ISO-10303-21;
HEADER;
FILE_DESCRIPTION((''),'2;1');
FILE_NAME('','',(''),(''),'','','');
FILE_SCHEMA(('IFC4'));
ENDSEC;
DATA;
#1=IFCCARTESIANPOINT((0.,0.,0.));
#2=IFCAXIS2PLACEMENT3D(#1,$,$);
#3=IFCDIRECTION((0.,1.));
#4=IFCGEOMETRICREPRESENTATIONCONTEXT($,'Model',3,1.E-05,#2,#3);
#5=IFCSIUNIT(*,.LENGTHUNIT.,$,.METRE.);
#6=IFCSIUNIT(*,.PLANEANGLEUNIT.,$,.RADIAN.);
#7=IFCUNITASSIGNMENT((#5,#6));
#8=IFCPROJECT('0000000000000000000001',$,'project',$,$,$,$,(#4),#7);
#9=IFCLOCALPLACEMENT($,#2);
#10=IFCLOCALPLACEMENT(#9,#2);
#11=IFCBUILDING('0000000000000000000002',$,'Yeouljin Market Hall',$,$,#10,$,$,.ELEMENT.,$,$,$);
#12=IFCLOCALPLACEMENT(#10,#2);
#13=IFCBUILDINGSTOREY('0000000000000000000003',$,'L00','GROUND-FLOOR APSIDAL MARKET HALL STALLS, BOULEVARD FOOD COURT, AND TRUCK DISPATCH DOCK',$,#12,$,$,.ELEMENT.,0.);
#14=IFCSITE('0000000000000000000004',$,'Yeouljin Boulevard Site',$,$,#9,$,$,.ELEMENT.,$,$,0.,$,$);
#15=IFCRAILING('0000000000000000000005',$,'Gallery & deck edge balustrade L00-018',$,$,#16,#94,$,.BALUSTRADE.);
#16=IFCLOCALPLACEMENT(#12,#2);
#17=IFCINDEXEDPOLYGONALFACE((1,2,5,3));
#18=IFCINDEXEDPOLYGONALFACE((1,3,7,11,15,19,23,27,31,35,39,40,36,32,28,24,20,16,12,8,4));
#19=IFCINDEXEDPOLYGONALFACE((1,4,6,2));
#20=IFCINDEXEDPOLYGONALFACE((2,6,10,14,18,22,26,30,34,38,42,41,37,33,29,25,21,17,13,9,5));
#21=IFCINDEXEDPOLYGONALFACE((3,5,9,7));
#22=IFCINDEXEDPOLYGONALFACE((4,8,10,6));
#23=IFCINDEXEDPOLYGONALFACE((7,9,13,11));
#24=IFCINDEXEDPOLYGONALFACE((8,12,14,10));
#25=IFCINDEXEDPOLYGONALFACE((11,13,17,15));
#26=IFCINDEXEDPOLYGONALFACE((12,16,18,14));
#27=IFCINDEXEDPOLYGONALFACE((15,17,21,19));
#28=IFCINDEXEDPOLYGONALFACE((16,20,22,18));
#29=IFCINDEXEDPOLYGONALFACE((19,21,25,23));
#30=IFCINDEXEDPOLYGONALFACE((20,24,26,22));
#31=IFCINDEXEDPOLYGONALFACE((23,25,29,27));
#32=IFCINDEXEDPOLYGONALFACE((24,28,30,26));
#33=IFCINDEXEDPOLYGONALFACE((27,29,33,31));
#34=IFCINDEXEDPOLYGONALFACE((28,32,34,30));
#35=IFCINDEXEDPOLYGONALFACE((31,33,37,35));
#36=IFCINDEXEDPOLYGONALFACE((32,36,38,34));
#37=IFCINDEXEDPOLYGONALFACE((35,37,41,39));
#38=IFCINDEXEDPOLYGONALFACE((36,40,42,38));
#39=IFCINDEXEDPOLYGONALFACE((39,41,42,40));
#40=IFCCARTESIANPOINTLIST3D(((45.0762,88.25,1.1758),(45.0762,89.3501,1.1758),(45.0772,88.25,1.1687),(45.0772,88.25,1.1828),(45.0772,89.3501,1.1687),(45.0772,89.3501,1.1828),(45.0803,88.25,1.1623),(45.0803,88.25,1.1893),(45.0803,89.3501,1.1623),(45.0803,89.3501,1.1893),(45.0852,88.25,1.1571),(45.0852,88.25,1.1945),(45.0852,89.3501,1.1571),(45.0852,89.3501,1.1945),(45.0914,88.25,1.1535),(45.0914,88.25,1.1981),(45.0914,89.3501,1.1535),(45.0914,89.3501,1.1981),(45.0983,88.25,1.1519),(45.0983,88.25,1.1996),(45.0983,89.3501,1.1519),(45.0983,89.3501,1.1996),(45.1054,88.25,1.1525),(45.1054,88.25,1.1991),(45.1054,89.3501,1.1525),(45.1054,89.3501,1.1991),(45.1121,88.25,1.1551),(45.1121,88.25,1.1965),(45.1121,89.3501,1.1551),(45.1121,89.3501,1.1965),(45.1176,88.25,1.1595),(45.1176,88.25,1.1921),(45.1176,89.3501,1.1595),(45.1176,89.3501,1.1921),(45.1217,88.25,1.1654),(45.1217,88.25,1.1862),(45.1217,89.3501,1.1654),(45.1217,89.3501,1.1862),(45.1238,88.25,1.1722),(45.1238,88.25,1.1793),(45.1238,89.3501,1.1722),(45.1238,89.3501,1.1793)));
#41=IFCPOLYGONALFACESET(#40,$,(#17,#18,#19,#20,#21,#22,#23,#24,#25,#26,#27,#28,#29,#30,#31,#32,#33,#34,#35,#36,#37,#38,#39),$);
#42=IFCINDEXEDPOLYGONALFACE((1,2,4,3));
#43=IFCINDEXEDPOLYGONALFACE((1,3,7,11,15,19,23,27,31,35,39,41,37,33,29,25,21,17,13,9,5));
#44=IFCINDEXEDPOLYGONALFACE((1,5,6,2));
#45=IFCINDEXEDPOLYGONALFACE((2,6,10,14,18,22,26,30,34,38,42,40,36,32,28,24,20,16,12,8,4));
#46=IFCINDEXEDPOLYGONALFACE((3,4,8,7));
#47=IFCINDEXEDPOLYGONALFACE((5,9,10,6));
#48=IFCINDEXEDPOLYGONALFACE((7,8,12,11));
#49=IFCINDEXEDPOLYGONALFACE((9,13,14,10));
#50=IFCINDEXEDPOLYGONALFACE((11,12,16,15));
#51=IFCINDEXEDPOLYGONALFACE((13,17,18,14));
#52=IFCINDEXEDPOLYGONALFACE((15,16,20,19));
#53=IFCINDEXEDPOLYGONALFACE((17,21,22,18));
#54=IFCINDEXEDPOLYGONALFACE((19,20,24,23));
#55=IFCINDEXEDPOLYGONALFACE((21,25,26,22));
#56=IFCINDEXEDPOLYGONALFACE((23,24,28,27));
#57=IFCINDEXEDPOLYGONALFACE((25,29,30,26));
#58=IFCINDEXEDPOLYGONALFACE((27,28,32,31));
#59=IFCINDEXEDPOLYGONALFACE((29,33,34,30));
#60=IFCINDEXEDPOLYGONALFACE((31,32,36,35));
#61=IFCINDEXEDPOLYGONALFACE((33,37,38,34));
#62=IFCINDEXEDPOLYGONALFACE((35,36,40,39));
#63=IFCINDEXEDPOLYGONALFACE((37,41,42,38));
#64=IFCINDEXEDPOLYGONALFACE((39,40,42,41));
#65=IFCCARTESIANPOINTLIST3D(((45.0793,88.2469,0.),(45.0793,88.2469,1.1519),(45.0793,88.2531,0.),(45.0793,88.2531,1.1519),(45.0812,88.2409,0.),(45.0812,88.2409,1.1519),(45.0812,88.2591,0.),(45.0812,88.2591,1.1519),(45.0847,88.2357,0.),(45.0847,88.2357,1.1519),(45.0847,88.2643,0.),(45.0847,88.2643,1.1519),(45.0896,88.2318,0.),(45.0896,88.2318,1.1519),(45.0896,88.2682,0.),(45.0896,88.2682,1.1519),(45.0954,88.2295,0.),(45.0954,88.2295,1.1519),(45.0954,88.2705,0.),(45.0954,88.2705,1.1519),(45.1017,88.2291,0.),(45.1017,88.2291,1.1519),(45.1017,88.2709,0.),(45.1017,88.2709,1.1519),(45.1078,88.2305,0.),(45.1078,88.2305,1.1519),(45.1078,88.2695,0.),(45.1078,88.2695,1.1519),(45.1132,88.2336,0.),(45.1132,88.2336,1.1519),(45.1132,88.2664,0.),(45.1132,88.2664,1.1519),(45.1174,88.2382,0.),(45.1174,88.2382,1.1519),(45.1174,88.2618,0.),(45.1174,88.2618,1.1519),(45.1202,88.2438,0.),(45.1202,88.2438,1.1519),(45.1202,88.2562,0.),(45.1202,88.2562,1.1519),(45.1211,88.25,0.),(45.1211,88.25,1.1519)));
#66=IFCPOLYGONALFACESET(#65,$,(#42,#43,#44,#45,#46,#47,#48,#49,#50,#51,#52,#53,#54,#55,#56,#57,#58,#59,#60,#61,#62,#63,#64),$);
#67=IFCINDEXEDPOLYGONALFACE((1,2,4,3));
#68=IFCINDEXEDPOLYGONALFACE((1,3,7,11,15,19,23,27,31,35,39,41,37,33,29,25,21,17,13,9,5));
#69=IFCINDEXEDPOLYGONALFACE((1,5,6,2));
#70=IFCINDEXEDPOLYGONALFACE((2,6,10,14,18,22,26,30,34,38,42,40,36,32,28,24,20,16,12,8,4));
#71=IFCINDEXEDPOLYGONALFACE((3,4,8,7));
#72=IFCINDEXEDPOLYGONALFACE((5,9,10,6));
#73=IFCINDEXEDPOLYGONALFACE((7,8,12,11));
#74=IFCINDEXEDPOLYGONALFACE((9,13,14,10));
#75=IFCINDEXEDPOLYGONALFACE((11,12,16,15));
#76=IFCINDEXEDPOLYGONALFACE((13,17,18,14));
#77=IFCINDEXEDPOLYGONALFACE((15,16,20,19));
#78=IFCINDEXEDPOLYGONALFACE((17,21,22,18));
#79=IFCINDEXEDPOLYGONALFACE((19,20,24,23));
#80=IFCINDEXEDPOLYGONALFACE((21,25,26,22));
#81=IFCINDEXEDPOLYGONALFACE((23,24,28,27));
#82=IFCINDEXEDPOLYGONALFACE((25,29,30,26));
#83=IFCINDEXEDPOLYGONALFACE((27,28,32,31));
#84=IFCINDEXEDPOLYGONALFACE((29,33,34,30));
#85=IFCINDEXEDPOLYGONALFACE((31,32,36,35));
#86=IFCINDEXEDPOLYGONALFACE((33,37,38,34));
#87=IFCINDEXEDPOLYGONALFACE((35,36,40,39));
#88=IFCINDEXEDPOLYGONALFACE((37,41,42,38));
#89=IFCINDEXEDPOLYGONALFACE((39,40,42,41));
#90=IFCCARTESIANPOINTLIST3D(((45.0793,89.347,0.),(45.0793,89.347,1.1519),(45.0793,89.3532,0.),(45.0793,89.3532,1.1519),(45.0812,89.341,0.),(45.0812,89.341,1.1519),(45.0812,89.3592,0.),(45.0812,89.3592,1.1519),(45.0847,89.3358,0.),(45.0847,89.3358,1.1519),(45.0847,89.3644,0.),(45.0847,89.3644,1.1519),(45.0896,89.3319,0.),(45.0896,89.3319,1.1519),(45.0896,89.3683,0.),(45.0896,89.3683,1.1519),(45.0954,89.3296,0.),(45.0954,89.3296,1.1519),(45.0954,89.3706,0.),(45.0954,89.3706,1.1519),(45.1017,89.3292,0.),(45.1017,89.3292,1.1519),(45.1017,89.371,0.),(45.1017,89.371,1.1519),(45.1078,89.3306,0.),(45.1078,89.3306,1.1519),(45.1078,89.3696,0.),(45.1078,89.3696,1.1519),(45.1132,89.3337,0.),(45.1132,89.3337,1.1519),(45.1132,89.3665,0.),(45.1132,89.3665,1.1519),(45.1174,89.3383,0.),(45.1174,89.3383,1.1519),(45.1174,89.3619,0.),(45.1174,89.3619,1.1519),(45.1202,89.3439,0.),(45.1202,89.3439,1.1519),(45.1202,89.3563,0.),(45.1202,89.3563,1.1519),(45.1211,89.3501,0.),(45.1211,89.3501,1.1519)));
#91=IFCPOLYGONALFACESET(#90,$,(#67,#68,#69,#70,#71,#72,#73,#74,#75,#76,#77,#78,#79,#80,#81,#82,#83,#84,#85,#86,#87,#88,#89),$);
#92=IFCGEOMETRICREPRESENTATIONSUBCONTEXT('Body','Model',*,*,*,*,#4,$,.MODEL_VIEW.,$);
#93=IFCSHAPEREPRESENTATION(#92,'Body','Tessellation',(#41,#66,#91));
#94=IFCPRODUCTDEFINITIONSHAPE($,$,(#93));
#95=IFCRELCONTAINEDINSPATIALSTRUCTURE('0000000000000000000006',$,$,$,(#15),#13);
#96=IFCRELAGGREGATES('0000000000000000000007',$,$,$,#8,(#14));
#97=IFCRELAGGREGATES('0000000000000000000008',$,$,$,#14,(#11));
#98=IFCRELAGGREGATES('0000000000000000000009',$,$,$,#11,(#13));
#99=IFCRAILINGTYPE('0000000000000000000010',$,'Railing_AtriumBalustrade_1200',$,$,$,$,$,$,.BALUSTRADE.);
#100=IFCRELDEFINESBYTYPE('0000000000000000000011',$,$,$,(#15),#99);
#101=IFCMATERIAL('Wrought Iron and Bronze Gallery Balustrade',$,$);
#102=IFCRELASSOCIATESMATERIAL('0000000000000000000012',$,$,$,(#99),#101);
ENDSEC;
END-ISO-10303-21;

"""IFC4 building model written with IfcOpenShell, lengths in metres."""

from ifc_helpers import new_model, si_unit, direction, frame, origin, origin_2d, place, context, subcontext, project, spatial, circle, extrude, material, type_object, element, save


model = new_model("IFC4")

# Units and contexts
model_context = context("Model", 3, precision=1e-05, world=origin(), true_north=direction((0.0, 1.0)))
body_context = subcontext(model_context, "Body", "Model", "MODEL_VIEW")
ifc_project = project(units=[si_unit("LENGTHUNIT", "METRE"), si_unit("PLANEANGLEUNIT", "RADIAN")], contexts=[model_context])

# Site, building, storey
site_placement = place(None, origin())
site = spatial("IfcSite", under=ifc_project, at=site_placement, Name="Yeouljin Boulevard Site", CompositionType="ELEMENT", RefElevation=0.0)
building_placement = place(site_placement, origin())
building = spatial("IfcBuilding", under=site, at=building_placement, Name="Yeouljin Market Hall", CompositionType="ELEMENT")
storey_placement = place(building_placement, origin())
storey = spatial("IfcBuildingStorey", under=building, at=storey_placement, Name="L00", Description="GROUND-FLOOR APSIDAL MARKET HALL STALLS, BOULEVARD FOOD COURT, AND TRUCK DISPATCH DOCK", CompositionType="ELEMENT", Elevation=0.0)

# Railing
ifc_material_1 = material(Name="Wrought Iron and Bronze Gallery Balustrade")
railing_type_1 = type_object("IfcRailingType", Name="Railing_AtriumBalustrade_1200", PredefinedType="BALUSTRADE", material=ifc_material_1)
railing_1_placement = place(storey_placement, frame((45.1001, 88.25, 0.0)))
element("IfcRailing", 1, at=railing_1_placement, inside=storey, type_object=railing_type_1, Name="Gallery & deck edge balustrade L00-018", PredefinedType="BALUSTRADE", context=body_context, shape_type="SweptSolid", body=[
    extrude(circle(Radius=0.0239, at=origin_2d()), frame((0.0, 0.0, 1.1758), z_axis=(0.0, 1.0, 0.0), x_axis=(-1.0, 0.0, 0.0)), (0.0, 0.0, 1.0), 1.1001),
    extrude(circle(Radius=0.021, at=origin_2d()), origin(), (0.0, 0.0, 1.0), 1.1519),
    extrude(circle(Radius=0.021, at=origin_2d()), frame((0.0, 1.1001, 0.0)), (0.0, 0.0, 1.0), 1.1519),
])

save(model, "model.ifc")
